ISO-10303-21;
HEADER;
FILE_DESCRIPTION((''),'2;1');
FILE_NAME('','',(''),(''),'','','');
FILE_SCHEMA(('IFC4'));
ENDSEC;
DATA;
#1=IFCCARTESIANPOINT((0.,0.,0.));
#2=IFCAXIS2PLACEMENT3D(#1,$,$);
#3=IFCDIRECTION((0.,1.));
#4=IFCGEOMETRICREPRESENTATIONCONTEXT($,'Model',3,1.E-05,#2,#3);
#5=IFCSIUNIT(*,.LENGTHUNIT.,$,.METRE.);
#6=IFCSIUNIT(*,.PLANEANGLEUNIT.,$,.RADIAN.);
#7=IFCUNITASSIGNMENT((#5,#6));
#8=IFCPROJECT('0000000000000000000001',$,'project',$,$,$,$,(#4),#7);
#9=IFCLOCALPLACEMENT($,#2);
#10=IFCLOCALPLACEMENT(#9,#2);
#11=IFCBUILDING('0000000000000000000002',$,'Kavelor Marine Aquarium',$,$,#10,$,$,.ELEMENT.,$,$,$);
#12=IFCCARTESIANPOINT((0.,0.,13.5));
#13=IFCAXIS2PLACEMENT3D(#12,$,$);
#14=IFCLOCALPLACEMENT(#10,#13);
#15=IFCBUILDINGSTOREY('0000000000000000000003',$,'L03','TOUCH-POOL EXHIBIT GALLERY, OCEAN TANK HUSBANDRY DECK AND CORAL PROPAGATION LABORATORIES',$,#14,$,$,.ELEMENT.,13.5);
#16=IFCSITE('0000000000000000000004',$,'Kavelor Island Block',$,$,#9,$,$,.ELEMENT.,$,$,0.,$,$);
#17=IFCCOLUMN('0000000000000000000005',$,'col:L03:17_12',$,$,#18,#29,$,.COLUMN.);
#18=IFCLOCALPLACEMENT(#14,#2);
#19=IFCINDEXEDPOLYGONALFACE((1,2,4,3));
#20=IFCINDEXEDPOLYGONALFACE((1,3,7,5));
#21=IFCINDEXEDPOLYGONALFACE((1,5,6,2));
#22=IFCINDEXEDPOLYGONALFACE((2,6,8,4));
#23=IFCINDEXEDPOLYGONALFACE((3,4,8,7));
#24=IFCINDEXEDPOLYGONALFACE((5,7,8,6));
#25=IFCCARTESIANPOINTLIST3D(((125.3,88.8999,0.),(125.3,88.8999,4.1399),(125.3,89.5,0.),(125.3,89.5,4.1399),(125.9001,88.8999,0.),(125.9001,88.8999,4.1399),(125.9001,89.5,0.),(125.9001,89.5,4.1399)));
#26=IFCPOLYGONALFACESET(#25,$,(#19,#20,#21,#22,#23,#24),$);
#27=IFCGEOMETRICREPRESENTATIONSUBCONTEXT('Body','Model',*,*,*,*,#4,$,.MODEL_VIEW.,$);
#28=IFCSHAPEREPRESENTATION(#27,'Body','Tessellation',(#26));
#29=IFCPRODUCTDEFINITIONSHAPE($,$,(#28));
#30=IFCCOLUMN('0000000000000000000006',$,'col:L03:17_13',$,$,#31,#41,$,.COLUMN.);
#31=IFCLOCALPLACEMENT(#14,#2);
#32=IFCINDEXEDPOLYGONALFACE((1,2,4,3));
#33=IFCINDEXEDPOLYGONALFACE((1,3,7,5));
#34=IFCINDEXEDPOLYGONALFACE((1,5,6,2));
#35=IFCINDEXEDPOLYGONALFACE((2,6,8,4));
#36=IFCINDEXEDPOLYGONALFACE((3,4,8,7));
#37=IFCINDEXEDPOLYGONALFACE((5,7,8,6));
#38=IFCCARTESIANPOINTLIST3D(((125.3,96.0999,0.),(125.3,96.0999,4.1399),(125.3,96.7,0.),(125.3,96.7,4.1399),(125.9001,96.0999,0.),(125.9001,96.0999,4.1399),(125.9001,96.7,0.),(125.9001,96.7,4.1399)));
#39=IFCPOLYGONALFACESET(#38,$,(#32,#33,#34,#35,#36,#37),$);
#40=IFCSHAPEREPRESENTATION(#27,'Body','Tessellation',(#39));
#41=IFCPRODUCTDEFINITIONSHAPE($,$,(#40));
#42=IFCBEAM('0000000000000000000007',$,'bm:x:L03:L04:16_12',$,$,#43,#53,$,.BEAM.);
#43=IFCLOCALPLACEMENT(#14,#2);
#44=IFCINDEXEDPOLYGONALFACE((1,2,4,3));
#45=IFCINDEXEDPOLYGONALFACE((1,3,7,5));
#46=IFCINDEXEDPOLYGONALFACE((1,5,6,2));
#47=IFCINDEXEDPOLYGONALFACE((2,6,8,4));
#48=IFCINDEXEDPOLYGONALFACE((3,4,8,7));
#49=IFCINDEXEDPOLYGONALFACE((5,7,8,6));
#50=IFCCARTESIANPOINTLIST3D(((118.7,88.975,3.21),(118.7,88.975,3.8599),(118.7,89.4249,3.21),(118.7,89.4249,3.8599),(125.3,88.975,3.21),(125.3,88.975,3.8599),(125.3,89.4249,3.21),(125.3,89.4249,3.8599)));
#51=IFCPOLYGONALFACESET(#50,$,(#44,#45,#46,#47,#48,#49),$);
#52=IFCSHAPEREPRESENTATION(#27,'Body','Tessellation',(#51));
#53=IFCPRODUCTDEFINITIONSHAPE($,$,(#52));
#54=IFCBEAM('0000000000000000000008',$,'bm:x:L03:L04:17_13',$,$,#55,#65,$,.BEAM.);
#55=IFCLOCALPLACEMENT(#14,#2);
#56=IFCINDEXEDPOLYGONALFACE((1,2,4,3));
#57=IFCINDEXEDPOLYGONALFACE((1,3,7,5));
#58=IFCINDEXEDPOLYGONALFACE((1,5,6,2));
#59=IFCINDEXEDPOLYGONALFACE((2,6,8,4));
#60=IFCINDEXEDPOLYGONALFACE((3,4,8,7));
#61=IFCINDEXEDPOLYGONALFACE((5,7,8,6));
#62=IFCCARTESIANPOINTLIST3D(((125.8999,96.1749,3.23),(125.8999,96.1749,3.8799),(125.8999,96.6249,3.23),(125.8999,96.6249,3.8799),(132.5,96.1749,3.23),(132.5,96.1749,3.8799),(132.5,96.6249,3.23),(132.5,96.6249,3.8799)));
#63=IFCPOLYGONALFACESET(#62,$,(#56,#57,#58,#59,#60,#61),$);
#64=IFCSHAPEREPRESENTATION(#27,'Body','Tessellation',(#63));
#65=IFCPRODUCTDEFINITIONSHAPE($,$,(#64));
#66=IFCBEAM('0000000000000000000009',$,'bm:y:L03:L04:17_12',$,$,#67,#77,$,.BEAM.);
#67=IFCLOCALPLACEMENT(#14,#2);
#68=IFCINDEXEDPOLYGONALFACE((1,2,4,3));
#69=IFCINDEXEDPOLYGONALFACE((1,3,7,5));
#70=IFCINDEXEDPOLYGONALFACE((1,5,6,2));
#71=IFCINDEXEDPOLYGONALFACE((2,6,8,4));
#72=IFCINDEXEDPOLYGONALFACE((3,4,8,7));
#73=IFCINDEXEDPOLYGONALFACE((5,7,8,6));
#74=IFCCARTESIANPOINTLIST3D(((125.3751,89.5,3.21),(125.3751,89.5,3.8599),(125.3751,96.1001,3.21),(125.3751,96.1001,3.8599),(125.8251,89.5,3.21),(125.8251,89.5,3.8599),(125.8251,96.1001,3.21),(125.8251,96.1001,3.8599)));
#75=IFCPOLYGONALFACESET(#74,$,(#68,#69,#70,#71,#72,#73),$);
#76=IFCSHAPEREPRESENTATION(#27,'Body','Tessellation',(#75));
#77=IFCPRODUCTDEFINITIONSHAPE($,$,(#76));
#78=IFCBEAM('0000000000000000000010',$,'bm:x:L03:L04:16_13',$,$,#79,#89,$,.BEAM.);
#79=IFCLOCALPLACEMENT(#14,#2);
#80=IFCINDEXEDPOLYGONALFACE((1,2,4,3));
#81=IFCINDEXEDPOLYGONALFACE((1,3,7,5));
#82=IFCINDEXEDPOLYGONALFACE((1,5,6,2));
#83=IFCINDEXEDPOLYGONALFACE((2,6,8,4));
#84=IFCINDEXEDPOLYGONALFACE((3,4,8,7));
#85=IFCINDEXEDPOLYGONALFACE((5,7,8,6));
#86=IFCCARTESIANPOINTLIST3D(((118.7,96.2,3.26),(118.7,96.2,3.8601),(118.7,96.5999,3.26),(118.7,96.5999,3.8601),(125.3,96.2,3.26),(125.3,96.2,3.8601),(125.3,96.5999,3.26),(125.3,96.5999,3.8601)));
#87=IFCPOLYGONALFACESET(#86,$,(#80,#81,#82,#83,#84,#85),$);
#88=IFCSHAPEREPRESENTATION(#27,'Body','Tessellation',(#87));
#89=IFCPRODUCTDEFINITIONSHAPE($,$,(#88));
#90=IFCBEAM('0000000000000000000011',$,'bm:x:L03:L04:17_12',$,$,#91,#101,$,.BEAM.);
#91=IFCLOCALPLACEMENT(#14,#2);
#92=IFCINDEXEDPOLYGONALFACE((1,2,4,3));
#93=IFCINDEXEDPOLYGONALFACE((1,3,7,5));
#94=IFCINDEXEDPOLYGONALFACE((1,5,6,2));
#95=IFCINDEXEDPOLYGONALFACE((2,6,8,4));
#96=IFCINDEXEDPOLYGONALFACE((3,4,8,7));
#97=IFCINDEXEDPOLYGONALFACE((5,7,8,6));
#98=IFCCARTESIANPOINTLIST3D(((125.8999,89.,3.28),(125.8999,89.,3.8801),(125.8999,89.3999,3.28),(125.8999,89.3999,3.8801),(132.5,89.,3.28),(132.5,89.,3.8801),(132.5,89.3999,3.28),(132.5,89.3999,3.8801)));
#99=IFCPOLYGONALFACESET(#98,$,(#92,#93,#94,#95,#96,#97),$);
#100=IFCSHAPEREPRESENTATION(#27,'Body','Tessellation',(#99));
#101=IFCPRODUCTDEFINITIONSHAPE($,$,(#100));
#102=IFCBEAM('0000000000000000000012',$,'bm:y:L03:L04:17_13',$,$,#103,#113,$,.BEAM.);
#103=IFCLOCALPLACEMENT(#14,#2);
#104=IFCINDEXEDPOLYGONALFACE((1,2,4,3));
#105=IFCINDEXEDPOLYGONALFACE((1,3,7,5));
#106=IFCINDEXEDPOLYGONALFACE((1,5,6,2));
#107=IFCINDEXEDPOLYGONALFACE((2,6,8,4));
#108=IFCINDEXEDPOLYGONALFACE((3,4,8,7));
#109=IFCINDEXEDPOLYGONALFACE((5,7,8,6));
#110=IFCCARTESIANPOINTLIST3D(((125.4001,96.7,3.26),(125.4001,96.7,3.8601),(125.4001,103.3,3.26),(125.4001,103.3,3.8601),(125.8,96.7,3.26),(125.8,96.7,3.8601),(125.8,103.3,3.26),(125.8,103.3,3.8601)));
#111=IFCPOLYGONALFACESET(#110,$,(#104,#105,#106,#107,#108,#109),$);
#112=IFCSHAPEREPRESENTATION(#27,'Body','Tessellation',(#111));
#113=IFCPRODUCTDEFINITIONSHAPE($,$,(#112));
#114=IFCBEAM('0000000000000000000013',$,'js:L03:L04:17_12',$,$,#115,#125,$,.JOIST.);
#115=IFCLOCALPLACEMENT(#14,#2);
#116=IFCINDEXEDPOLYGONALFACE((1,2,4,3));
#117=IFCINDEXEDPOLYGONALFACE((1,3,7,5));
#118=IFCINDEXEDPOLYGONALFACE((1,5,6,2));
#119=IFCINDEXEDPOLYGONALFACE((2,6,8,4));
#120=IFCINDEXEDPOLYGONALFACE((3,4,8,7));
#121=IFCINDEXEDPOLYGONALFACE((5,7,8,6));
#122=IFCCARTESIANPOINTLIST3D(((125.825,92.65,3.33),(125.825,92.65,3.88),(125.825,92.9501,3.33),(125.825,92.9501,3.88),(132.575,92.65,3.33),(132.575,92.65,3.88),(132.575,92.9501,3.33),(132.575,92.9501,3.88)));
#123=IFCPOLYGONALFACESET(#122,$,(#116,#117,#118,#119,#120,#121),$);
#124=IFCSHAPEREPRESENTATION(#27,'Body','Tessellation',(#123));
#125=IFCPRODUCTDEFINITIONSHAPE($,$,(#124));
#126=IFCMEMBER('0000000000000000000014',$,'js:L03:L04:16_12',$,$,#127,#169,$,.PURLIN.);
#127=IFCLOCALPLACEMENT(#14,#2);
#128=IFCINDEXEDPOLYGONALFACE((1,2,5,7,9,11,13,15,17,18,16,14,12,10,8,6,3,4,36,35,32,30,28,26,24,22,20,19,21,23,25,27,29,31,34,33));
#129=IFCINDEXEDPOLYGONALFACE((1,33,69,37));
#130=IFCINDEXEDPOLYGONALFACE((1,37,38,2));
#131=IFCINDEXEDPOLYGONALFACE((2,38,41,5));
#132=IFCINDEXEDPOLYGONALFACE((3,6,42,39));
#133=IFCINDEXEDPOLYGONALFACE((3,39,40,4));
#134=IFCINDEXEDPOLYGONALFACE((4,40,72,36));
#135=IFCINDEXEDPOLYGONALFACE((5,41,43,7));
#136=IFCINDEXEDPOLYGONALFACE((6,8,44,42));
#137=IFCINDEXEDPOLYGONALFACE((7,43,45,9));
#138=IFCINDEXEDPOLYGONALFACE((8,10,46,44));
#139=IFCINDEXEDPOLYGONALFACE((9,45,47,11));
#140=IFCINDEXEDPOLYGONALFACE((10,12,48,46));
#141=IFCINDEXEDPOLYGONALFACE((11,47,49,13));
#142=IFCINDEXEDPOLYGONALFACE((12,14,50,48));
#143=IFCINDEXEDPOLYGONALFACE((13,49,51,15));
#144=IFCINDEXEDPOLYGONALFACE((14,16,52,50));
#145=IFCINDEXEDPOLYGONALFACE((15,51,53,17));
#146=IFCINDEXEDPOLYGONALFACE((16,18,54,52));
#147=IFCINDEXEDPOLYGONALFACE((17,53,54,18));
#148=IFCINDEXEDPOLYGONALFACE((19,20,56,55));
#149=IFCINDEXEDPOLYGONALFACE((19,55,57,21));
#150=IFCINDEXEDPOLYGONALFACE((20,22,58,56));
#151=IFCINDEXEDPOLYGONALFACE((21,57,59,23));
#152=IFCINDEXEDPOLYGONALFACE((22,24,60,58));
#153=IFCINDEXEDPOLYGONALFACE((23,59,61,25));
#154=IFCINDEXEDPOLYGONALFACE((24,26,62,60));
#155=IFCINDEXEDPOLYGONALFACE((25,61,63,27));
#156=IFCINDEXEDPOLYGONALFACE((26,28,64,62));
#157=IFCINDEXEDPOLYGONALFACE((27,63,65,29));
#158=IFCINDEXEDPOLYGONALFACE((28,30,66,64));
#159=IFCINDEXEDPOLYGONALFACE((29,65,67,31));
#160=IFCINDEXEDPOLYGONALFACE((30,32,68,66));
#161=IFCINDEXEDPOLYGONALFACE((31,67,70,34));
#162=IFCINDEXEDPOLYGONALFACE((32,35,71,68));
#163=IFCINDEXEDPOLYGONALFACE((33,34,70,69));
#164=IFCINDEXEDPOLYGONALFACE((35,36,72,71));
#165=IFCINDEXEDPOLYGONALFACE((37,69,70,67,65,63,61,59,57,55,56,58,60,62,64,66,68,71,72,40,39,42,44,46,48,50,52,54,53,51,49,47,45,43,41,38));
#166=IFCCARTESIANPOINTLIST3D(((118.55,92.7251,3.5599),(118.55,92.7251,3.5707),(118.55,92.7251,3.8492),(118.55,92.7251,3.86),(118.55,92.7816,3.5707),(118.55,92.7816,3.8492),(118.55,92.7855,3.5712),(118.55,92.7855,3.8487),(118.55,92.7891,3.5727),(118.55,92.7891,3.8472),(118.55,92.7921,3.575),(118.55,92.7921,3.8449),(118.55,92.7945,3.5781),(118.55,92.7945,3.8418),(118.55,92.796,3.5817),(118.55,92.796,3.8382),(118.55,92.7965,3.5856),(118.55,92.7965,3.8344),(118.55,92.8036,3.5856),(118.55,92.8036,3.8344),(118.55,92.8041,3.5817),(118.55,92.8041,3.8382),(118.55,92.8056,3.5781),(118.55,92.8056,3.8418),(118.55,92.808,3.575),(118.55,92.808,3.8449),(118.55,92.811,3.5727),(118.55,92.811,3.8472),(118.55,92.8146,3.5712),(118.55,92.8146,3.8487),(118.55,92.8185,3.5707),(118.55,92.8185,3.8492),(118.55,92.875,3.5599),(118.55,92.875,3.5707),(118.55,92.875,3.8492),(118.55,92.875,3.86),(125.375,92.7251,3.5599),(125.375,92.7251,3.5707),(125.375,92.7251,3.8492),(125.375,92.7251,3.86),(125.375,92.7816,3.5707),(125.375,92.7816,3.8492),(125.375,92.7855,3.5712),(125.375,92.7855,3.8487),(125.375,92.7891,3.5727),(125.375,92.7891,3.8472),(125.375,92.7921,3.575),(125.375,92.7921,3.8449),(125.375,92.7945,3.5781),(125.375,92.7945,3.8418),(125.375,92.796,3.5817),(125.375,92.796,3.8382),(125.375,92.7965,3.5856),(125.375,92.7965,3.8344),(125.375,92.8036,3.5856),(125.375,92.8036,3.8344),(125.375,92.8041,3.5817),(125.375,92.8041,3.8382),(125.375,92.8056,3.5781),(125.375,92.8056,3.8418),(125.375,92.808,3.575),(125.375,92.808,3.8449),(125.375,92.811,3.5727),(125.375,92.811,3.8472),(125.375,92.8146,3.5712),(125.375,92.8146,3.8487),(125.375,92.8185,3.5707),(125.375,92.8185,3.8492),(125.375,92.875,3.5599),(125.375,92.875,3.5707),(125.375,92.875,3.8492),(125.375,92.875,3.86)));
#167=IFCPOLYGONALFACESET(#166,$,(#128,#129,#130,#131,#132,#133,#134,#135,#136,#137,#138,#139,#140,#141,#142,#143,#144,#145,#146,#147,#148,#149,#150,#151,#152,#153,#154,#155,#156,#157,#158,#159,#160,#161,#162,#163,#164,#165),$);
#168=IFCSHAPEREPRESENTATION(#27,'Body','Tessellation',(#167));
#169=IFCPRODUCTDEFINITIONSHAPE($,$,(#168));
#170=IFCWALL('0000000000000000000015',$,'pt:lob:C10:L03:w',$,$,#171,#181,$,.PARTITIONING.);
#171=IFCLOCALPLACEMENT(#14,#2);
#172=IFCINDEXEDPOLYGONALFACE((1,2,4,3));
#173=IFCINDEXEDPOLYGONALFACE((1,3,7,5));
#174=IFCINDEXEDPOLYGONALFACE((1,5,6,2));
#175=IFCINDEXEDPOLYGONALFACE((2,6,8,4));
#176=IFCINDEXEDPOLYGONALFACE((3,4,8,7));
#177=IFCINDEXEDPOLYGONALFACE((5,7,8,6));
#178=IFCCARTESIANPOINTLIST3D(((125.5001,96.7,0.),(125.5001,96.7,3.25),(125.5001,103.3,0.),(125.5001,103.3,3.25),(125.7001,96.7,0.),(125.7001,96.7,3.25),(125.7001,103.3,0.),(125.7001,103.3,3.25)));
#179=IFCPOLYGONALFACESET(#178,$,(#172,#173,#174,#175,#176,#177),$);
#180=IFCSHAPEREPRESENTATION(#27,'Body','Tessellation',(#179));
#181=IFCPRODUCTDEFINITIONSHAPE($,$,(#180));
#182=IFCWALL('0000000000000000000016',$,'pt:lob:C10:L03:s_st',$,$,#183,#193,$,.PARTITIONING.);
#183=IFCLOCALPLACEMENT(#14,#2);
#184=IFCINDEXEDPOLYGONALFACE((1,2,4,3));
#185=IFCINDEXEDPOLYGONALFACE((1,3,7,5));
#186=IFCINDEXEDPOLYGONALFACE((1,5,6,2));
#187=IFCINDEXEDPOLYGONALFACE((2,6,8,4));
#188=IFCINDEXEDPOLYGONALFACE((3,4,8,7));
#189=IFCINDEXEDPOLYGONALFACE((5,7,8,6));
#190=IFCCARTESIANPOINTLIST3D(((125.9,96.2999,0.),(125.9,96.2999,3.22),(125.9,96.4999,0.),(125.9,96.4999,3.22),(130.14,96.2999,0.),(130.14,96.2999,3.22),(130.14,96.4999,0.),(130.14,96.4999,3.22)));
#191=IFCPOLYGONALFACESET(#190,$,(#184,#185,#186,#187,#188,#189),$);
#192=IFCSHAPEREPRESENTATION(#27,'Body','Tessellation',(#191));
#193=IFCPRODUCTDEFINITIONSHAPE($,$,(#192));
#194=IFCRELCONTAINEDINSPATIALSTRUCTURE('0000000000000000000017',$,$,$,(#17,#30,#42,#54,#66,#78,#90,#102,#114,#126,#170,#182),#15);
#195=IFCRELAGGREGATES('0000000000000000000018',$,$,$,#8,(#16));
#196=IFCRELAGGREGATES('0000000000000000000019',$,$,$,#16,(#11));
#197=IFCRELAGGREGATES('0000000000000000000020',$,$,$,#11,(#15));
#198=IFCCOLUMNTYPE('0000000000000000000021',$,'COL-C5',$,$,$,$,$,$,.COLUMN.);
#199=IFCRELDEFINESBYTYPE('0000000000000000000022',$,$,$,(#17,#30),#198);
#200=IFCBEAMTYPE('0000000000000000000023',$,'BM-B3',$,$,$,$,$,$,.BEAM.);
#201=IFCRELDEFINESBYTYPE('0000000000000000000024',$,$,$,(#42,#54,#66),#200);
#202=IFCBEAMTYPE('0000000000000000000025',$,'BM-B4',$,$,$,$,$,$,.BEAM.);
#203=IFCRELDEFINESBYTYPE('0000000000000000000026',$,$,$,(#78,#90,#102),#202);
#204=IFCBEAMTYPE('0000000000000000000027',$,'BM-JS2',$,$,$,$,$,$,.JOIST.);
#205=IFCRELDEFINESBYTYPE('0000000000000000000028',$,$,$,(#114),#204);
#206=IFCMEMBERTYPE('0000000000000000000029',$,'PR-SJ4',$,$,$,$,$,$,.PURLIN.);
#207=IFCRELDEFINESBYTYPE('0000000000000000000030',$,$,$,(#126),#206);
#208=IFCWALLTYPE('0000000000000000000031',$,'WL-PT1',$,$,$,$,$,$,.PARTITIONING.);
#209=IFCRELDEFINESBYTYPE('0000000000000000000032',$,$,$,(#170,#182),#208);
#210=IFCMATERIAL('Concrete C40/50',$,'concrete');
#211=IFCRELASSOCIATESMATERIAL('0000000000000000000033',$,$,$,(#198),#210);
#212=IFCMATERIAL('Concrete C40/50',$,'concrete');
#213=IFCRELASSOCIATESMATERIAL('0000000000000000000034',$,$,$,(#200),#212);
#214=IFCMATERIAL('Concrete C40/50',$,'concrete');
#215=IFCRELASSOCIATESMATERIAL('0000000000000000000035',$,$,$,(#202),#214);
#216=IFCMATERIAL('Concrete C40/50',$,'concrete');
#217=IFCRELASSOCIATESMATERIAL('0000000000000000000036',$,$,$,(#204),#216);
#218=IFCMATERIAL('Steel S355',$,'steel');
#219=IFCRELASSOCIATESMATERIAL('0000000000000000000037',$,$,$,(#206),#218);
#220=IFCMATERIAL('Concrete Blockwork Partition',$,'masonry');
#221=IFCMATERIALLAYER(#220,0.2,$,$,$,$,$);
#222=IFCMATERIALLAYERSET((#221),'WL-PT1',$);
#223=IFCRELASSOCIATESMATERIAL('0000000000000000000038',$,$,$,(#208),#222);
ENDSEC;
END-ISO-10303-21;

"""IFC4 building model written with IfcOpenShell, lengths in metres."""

from ifc_helpers import new_model, si_unit, direction, frame, frame_2d, origin, origin_2d, place, context, subcontext, project, spatial, rectangle, i_section, extrude, material, layer, layer_set, material_profile, profile_set, type_object, element, save


model = new_model("IFC4")

# Units and contexts
model_context = context("Model", 3, precision=1e-05, world=origin(), true_north=direction((0.0, 1.0)))
body_context = subcontext(model_context, "Body", "Model", "MODEL_VIEW")
ifc_project = project(units=[si_unit("LENGTHUNIT", "METRE"), si_unit("PLANEANGLEUNIT", "RADIAN")], contexts=[model_context])

# Site, building, storey
site_placement = place(None, origin())
site = spatial("IfcSite", under=ifc_project, at=site_placement, Name="Kavelor Island Block", CompositionType="ELEMENT", RefElevation=0.0)
building_placement = place(site_placement, origin())
building = spatial("IfcBuilding", under=site, at=building_placement, Name="Kavelor Marine Aquarium", CompositionType="ELEMENT")
storey_placement = place(building_placement, frame((0.0, 0.0, 13.5)))
storey = spatial("IfcBuildingStorey", under=building, at=storey_placement, Name="L03", Description="TOUCH-POOL EXHIBIT GALLERY, OCEAN TANK HUSBANDRY DECK AND CORAL PROPAGATION LABORATORIES", CompositionType="ELEMENT", Elevation=13.5)

# Columns
ifc_material_1 = material(Name="Concrete C40/50", Category="concrete")
ifc_material_profile_1 = material_profile(ifc_material_1, rectangle(XDim=0.6001, YDim=0.6001, at=origin_2d()), Name="RC-COL 600x600")
ifc_profile_set_1 = profile_set([ifc_material_profile_1], Name="Concrete C40/50")
column_type = type_object("IfcColumnType", Name="COL-C5", PredefinedType="COLUMN", material=ifc_profile_set_1)
for number, where, z_axis, x_axis, name in (
    (1, (125.6001, 89.2, 0.0), (0.0, 0.0, 1.0), (1.0, 0.0, 0.0), "col:L03:17_12"),
    (2, (125.6001, 96.3999, 0.0), (0.0, 0.0, 1.0), (1.0, 0.0, 0.0), "col:L03:17_13"),
):
    element("IfcColumn", number, at=place(storey_placement, frame(where, z_axis=z_axis, x_axis=x_axis)), inside=storey, type_object=column_type, Name=name, PredefinedType="COLUMN", context=body_context, shape_type="SweptSolid", body=[
        extrude(rectangle(XDim=0.6001, YDim=0.6001, at=origin_2d()), origin(), (0.0, 0.0, 1.0), 4.1399),
    ])

# Beams
ifc_material_2 = material(Name="Concrete C40/50", Category="concrete")
ifc_material_profile_2 = material_profile(ifc_material_2, rectangle(XDim=0.45, YDim=0.6499, at=origin_2d()), Name="RC-BM 450x650")
ifc_profile_set_2 = profile_set([ifc_material_profile_2], Name="Concrete C40/50")
beam_type_1 = type_object("IfcBeamType", Name="BM-B3", PredefinedType="BEAM", material=ifc_profile_set_2)
for number, where, z_axis, x_axis, name in (
    (3, (118.7, 89.2, 3.5349), (1.0, 0.0, 0.0), (0.0, 1.0, 0.0), "bm:x:L03:L04:16_12"),
    (4, (125.8999, 96.3999, 3.5549), (1.0, 0.0, 0.0), (0.0, 1.0, 0.0), "bm:x:L03:L04:17_13"),
    (5, (125.6001, 89.5, 3.5349), (0.0, 1.0, 0.0), (-1.0, 0.0, 0.0), "bm:y:L03:L04:17_12"),
):
    element("IfcBeam", number, at=place(storey_placement, frame(where, z_axis=z_axis, x_axis=x_axis)), inside=storey, type_object=beam_type_1, Name=name, PredefinedType="BEAM", context=body_context, shape_type="SweptSolid", body=[
        extrude(rectangle(XDim=0.45, YDim=0.6499, at=origin_2d()), origin(), (0.0, 0.0, 1.0), 6.6001),
    ])
ifc_material_3 = material(Name="Concrete C40/50", Category="concrete")
ifc_material_profile_3 = material_profile(ifc_material_3, rectangle(XDim=0.3999, YDim=0.6001, at=origin_2d()), Name="RC-BM 400x600")
ifc_profile_set_3 = profile_set([ifc_material_profile_3], Name="Concrete C40/50")
beam_type_2 = type_object("IfcBeamType", Name="BM-B4", PredefinedType="BEAM", material=ifc_profile_set_3)
for number, where, z_axis, x_axis, name in (
    (6, (118.7, 96.3999, 3.5601), (1.0, 0.0, 0.0), (0.0, 1.0, 0.0), "bm:x:L03:L04:16_13"),
    (7, (125.8999, 89.2, 3.5801), (1.0, 0.0, 0.0), (0.0, 1.0, 0.0), "bm:x:L03:L04:17_12"),
    (8, (125.6001, 96.7, 3.5601), (0.0, 1.0, 0.0), (-1.0, 0.0, 0.0), "bm:y:L03:L04:17_13"),
):
    element("IfcBeam", number, at=place(storey_placement, frame(where, z_axis=z_axis, x_axis=x_axis)), inside=storey, type_object=beam_type_2, Name=name, PredefinedType="BEAM", context=body_context, shape_type="SweptSolid", body=[
        extrude(rectangle(XDim=0.3999, YDim=0.6001, at=origin_2d()), origin(), (0.0, 0.0, 1.0), 6.6001),
    ])
ifc_material_4 = material(Name="Concrete C40/50", Category="concrete")
ifc_material_profile_4 = material_profile(ifc_material_4, rectangle(XDim=0.3, YDim=0.55, at=origin_2d()), Name="RC-JS 300x550")
ifc_profile_set_4 = profile_set([ifc_material_profile_4], Name="Concrete C40/50")
beam_type_3 = type_object("IfcBeamType", Name="BM-JS2", PredefinedType="JOIST", material=ifc_profile_set_4)
beam_placement = place(storey_placement, frame((125.825, 92.8, 3.605), z_axis=(1.0, 0.0, 0.0), x_axis=(0.0, 1.0, 0.0)))
element("IfcBeam", 9, at=beam_placement, inside=storey, type_object=beam_type_3, Name="js:L03:L04:17_12", PredefinedType="JOIST", context=body_context, shape_type="SweptSolid", body=[
    extrude(rectangle(XDim=0.3, YDim=0.55, at=origin_2d()), origin(), (0.0, 0.0, 1.0), 6.75),
])

# Member
ifc_material_5 = material(Name="Steel S355", Category="steel")
ifc_material_profile_5 = material_profile(ifc_material_5, i_section(OverallWidth=0.1499, OverallDepth=0.3, WebThickness=0.0071, FlangeThickness=0.0107, FilletRadius=0.0149, at=origin_2d()), Name="IPE 300")
ifc_profile_set_5 = profile_set([ifc_material_profile_5], Name="Steel S355")
member_type = type_object("IfcMemberType", Name="PR-SJ4", PredefinedType="PURLIN", material=ifc_profile_set_5)
member_placement = place(storey_placement, frame((118.55, 92.8, 3.71), z_axis=(1.0, 0.0, 0.0), x_axis=(0.0, 1.0, 0.0)))
element("IfcMember", 10, at=member_placement, inside=storey, type_object=member_type, Name="js:L03:L04:16_12", PredefinedType="PURLIN", context=body_context, shape_type="SweptSolid", body=[
    extrude(i_section(OverallWidth=0.1499, OverallDepth=0.3, WebThickness=0.0071, FlangeThickness=0.0107, FilletRadius=0.0149, at=origin_2d()), origin(), (0.0, 0.0, 1.0), 6.825),
])

# Walls
ifc_material_6 = material(Name="Concrete Blockwork Partition", Category="masonry")
ifc_layer_1 = layer(ifc_material_6, 0.2)
ifc_layer_set_1 = layer_set([ifc_layer_1], Name="WL-PT1")
wall_type_1 = type_object("IfcWallType", Name="WL-PT1", PredefinedType="PARTITIONING", material=ifc_layer_set_1)
wall_1_placement = place(storey_placement, frame((125.6001, 96.7, 0.0), z_axis=(0.0, 0.0, 1.0), x_axis=(0.0, 1.0, 0.0)))
element("IfcWall", 11, at=wall_1_placement, inside=storey, type_object=wall_type_1, Name="pt:lob:C10:L03:w", PredefinedType="PARTITIONING", context=body_context, shape_type="SweptSolid", body=[
    extrude(rectangle(XDim=6.6001, YDim=0.2, at=frame_2d((3.3, 0.0))), origin(), (0.0, 0.0, 1.0), 3.25),
])
wall_2_placement = place(storey_placement, frame((125.8999, 96.3999, 0.0), z_axis=(0.0, 0.0, 1.0), x_axis=(1.0, 0.0, 0.0)))
element("IfcWall", 12, at=wall_2_placement, inside=storey, type_object=wall_type_1, Name="pt:lob:C10:L03:s_st", PredefinedType="PARTITIONING", context=body_context, shape_type="SweptSolid", body=[
    extrude(rectangle(XDim=4.24, YDim=0.2, at=frame_2d((2.1201, 0.0))), origin(), (0.0, 0.0, 1.0), 3.22),
])

save(model, "model.ifc")
